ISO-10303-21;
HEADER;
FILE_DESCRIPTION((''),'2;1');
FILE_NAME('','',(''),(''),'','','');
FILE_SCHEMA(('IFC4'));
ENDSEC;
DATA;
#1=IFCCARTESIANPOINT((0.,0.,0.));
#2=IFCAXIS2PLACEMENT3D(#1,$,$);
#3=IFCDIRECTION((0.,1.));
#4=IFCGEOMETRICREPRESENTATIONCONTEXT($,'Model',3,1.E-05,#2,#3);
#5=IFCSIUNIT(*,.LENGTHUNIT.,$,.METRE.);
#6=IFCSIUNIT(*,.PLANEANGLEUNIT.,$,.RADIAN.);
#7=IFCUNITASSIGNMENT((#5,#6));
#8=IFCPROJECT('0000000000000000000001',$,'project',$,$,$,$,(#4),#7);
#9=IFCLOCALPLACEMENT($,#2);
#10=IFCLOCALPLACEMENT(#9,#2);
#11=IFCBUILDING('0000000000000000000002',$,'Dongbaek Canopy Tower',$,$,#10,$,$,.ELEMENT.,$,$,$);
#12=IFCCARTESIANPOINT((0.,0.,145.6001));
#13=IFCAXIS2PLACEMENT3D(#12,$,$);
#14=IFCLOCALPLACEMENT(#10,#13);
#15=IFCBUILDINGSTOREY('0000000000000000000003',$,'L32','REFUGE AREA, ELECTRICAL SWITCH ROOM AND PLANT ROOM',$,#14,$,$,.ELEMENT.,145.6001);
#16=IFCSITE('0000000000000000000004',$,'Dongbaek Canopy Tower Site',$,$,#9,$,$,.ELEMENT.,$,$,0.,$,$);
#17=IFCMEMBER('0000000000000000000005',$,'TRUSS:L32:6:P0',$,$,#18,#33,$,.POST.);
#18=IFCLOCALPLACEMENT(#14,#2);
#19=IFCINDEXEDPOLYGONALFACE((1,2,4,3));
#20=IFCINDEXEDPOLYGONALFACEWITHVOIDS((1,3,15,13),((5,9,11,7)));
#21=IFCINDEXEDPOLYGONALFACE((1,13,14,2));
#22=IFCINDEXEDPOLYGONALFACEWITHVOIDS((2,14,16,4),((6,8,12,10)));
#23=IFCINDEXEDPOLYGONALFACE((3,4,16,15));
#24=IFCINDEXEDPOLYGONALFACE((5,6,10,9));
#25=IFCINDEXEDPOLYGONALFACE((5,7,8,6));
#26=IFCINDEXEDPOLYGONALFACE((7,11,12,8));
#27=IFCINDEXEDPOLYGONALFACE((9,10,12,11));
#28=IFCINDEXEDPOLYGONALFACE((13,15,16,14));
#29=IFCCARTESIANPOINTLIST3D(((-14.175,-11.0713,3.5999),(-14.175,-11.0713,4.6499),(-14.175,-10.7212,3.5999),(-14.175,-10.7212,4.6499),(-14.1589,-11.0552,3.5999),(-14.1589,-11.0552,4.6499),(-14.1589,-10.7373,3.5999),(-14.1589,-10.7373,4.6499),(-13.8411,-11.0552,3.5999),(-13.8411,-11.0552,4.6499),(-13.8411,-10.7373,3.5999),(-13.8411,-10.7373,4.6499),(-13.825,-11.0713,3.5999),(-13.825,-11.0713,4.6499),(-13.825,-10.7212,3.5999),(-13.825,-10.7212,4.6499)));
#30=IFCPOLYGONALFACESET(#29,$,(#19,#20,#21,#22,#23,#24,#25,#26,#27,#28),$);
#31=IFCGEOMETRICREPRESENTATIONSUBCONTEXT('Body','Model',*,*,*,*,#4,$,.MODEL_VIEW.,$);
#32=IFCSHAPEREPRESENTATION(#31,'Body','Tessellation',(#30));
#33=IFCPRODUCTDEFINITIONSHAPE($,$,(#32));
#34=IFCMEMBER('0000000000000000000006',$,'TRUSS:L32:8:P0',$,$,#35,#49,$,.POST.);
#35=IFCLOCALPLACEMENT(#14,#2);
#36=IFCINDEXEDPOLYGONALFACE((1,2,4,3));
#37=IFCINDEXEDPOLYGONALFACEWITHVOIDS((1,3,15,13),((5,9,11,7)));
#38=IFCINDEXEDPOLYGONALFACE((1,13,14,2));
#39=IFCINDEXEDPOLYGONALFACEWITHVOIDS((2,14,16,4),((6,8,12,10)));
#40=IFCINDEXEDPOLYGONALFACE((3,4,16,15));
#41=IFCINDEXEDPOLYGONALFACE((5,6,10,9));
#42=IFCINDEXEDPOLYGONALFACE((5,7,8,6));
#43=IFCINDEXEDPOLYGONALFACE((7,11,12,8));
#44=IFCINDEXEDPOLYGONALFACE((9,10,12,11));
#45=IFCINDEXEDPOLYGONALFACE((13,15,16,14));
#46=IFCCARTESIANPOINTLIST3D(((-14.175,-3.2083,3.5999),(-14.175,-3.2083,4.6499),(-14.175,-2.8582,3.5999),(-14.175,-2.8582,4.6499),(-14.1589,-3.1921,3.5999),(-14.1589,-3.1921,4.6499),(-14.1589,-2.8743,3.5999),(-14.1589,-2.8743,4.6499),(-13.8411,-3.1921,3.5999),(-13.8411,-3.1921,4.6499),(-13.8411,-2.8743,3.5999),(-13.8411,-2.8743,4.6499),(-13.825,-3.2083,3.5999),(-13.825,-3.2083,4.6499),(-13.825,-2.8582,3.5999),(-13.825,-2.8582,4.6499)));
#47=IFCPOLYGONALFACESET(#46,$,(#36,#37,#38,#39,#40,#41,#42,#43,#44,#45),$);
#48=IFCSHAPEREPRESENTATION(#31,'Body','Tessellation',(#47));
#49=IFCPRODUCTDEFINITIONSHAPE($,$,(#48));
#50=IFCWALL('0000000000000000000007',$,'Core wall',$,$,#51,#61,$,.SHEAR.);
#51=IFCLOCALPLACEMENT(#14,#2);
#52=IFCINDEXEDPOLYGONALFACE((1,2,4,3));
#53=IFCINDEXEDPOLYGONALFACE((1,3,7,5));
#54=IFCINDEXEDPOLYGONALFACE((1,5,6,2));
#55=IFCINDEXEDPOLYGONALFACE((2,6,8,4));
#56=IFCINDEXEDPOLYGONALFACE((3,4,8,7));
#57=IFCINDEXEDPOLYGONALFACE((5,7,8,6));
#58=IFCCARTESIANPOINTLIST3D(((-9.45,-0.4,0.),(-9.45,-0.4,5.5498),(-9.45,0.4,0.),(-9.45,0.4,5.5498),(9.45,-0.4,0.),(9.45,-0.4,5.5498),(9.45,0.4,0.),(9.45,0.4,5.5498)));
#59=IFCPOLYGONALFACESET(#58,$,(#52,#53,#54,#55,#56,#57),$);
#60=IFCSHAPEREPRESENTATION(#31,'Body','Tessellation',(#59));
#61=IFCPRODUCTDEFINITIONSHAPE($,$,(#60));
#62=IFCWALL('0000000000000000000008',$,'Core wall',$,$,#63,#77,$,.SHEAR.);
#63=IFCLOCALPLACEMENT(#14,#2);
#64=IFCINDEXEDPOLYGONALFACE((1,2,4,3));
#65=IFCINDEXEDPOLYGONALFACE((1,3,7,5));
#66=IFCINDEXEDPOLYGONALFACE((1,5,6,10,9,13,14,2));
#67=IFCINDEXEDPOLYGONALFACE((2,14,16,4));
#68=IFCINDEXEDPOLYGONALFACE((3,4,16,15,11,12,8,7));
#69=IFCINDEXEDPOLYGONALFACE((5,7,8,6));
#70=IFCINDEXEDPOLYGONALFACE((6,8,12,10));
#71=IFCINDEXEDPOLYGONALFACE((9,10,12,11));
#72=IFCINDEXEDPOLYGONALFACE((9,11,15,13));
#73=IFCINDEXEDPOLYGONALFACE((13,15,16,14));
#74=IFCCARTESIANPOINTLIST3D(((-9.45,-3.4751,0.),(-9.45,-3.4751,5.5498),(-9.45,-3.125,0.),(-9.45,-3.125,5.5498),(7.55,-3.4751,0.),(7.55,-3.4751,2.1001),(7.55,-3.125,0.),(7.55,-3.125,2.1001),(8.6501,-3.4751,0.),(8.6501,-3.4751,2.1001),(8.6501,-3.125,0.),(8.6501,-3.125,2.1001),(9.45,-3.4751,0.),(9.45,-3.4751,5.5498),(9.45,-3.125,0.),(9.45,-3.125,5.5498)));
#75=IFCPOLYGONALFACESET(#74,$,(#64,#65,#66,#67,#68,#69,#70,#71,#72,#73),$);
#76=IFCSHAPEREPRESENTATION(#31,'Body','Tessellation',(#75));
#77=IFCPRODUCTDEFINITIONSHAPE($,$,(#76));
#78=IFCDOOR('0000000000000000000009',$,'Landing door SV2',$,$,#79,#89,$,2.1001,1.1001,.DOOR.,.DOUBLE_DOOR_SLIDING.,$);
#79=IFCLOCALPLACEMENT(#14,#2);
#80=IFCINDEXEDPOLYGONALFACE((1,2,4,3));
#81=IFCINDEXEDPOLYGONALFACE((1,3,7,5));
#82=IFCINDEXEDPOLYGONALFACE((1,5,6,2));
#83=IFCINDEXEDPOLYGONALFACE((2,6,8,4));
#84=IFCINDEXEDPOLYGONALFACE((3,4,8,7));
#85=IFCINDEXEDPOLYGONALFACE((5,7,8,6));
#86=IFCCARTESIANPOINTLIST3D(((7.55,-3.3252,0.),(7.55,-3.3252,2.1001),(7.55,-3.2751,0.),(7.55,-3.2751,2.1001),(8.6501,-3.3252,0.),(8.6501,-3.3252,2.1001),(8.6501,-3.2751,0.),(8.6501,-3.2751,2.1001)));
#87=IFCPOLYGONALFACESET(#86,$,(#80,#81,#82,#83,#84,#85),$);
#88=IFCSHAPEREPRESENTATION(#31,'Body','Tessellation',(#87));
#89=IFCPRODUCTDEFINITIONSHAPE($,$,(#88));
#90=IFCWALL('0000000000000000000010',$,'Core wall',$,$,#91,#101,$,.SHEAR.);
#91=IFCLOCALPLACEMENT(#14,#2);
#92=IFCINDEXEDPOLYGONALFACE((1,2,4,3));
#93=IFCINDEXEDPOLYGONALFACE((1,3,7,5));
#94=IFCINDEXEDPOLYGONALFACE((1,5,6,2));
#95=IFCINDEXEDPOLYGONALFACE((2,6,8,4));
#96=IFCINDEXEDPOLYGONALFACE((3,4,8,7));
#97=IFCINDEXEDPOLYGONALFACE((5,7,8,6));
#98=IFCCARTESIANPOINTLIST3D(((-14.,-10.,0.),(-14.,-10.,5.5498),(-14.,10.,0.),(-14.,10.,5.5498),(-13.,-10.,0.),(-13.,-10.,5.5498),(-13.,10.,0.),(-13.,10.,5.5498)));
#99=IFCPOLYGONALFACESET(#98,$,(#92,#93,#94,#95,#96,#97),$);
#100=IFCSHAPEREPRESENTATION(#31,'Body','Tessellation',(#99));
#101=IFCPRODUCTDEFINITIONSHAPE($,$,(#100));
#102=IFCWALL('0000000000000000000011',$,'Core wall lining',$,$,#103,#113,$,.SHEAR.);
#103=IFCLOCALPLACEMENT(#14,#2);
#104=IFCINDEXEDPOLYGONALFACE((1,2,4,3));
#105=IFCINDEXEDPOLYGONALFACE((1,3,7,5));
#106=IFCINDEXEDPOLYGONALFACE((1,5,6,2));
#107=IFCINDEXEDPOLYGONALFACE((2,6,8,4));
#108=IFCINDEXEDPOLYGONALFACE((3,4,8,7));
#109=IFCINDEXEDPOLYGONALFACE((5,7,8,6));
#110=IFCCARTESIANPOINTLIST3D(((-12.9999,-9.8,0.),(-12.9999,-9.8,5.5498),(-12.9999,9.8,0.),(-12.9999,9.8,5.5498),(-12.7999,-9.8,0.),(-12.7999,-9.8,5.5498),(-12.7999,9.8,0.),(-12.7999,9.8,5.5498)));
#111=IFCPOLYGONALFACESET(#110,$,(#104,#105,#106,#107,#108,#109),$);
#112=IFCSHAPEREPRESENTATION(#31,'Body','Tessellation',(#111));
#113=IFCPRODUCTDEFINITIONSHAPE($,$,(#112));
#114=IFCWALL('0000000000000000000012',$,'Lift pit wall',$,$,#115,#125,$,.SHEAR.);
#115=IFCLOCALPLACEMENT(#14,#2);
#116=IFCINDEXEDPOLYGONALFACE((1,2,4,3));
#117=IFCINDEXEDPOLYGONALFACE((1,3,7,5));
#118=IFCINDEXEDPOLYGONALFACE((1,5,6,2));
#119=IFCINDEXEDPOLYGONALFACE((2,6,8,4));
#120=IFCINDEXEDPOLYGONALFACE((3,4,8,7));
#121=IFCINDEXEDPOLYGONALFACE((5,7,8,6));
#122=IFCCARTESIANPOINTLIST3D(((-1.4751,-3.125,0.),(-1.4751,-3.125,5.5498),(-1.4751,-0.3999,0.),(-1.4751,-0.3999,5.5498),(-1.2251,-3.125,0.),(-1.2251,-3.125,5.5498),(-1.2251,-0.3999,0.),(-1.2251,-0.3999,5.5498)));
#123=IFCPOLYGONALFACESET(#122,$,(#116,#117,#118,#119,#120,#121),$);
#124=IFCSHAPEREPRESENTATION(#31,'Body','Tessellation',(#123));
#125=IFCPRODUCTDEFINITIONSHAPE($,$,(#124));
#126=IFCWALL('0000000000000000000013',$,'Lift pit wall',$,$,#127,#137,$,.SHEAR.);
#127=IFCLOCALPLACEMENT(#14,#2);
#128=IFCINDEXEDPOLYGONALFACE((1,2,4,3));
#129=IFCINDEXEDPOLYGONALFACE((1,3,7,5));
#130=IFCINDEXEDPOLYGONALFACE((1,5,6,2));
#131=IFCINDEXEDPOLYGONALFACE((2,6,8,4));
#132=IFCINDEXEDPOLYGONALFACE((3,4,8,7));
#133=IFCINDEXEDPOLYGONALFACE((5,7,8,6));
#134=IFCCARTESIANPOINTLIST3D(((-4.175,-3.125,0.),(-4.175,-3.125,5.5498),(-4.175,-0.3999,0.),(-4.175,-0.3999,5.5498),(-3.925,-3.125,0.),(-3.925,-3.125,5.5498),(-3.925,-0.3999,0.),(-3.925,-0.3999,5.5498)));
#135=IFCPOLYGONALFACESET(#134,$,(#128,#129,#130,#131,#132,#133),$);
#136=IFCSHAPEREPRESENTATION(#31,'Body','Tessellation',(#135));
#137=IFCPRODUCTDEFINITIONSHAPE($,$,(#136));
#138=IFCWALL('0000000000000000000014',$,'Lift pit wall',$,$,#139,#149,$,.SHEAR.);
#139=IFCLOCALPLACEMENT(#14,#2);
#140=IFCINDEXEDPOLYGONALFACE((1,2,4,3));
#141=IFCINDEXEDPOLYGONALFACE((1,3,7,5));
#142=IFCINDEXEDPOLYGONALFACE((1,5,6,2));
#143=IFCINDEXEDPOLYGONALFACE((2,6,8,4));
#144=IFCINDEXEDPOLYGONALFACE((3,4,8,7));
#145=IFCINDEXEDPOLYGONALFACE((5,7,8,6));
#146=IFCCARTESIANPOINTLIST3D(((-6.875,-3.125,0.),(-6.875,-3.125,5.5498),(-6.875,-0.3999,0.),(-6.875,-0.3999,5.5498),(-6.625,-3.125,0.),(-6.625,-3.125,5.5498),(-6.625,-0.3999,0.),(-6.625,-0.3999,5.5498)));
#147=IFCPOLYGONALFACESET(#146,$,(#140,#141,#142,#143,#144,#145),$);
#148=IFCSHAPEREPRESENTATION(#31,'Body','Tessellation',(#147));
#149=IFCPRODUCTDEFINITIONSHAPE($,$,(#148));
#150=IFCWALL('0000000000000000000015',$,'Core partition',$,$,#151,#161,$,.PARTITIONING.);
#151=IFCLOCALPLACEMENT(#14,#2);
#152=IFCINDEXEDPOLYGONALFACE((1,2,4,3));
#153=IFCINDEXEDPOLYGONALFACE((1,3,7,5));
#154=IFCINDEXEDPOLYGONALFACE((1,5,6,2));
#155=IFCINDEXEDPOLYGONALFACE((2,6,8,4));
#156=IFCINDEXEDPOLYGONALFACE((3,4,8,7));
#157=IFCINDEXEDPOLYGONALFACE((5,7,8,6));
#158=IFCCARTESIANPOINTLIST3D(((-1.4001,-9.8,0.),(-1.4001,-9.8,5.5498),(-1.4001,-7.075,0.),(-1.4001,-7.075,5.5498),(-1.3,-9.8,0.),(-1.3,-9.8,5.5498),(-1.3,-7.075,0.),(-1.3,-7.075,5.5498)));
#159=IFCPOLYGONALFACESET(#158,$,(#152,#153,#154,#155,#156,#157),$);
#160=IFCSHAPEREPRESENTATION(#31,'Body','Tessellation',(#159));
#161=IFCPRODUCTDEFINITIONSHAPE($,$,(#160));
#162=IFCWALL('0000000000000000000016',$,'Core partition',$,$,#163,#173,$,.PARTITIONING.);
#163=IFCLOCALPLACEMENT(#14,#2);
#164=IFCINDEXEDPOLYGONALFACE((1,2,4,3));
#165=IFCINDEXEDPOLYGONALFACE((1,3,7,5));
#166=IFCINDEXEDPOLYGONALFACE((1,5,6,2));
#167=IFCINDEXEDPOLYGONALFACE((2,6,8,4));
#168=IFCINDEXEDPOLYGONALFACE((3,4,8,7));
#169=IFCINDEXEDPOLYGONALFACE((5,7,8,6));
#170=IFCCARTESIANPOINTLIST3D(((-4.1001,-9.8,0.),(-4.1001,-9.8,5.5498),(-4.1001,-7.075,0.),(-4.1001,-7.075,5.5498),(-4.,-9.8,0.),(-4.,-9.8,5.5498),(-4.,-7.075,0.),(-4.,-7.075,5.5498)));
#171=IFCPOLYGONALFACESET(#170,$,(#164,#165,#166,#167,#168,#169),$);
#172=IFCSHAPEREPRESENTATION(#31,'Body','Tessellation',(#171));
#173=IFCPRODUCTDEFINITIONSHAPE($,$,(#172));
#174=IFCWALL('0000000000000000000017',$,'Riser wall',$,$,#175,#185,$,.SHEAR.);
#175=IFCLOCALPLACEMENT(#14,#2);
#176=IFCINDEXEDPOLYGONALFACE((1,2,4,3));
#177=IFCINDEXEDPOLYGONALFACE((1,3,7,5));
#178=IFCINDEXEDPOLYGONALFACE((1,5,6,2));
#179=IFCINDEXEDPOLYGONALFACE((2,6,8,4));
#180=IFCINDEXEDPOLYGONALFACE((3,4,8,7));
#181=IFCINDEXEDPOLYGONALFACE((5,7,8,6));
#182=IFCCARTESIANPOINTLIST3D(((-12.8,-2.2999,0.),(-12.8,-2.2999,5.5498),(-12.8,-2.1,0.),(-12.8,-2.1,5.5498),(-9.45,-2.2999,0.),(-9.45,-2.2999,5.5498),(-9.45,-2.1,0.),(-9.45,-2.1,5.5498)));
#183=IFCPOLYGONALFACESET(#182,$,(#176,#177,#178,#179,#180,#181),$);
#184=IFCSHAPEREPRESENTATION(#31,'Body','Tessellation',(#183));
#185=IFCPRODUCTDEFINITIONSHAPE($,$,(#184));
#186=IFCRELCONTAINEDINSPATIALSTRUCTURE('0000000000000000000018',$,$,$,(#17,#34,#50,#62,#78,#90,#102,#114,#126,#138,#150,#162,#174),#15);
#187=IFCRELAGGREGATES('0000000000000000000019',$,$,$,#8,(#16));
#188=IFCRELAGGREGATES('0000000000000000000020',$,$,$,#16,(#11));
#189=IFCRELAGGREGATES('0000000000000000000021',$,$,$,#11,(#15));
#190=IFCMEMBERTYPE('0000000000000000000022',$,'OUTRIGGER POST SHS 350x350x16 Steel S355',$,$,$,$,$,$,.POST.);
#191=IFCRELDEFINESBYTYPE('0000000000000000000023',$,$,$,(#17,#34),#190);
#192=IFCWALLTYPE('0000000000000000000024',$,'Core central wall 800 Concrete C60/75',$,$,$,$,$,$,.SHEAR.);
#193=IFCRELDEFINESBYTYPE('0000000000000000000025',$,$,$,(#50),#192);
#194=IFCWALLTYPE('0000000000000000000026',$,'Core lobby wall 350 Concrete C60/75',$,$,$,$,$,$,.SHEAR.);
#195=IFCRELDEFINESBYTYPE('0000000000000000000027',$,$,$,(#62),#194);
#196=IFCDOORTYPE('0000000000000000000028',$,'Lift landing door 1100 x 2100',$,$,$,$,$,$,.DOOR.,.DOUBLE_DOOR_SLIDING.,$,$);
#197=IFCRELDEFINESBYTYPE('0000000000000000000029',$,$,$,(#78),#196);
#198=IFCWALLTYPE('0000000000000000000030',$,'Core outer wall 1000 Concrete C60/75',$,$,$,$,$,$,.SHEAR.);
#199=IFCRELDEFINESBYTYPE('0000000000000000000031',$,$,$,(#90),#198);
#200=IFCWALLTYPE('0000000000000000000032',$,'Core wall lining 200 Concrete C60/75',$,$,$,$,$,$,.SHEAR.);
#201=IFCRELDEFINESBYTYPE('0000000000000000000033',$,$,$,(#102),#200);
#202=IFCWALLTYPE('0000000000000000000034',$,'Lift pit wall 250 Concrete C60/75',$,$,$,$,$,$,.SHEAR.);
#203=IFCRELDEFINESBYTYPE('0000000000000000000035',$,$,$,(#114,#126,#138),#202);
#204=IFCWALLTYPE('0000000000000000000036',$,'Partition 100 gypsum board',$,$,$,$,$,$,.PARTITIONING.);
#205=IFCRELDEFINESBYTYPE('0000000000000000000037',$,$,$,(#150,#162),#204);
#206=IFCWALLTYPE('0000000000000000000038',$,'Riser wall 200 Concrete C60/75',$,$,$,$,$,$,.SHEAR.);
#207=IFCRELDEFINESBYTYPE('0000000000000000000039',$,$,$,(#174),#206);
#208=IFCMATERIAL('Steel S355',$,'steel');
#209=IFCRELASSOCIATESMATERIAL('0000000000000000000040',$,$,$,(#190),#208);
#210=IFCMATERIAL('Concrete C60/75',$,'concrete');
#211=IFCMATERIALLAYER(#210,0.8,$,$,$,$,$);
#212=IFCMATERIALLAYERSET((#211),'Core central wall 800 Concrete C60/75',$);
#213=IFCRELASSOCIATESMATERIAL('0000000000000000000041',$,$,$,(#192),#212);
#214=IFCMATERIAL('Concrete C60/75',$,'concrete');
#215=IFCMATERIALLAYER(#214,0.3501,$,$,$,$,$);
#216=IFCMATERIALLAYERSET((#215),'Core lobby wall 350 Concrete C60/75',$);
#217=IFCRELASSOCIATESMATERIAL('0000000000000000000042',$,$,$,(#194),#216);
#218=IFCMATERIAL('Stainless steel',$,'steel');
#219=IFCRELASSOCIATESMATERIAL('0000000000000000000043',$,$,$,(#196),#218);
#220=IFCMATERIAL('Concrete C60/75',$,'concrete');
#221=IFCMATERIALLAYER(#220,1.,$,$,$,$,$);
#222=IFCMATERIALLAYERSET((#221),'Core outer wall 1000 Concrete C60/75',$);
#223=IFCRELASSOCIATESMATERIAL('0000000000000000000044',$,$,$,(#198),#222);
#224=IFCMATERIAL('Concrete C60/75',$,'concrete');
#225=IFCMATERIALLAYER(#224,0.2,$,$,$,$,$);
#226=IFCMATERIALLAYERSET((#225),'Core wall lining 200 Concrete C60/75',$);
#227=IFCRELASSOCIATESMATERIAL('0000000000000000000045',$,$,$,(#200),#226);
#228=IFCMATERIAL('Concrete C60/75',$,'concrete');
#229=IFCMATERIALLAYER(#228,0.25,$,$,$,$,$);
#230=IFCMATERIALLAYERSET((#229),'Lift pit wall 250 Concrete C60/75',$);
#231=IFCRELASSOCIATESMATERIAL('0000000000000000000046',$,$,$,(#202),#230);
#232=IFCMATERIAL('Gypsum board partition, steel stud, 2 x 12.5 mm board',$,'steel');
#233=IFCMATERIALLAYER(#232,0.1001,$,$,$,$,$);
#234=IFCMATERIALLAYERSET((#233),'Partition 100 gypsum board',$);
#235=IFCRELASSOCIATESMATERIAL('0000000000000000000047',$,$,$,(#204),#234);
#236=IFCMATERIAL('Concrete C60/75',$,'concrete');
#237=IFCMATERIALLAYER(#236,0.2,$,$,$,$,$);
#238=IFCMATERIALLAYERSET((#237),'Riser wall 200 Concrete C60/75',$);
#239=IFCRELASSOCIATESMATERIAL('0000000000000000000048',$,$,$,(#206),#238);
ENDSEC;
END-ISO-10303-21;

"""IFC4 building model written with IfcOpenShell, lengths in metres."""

from ifc_helpers import new_model, si_unit, direction, frame, frame_2d, origin, origin_2d, place, context, subcontext, project, spatial, rectangle, hollow_rectangle, extrude, material, layer, layer_set, material_profile, profile_set, type_object, element, fill, save


model = new_model("IFC4")

# Units and contexts
model_context = context("Model", 3, precision=1e-05, world=origin(), true_north=direction((0.0, 1.0)))
body_context = subcontext(model_context, "Body", "Model", "MODEL_VIEW")
ifc_project = project(units=[si_unit("LENGTHUNIT", "METRE"), si_unit("PLANEANGLEUNIT", "RADIAN")], contexts=[model_context])

# Site, building, storey
site_placement = place(None, origin())
site = spatial("IfcSite", under=ifc_project, at=site_placement, Name="Dongbaek Canopy Tower Site", CompositionType="ELEMENT", RefElevation=0.0)
building_placement = place(site_placement, origin())
building = spatial("IfcBuilding", under=site, at=building_placement, Name="Dongbaek Canopy Tower", CompositionType="ELEMENT")
storey_placement = place(building_placement, frame((0.0, 0.0, 145.6001)))
storey = spatial("IfcBuildingStorey", under=building, at=storey_placement, Name="L32", Description="REFUGE AREA, ELECTRICAL SWITCH ROOM AND PLANT ROOM", CompositionType="ELEMENT", Elevation=145.6001)

# Members
ifc_material_1 = material(Name="Steel S355", Category="steel")
ifc_material_profile_1 = material_profile(ifc_material_1, hollow_rectangle(XDim=0.3501, YDim=0.3501, WallThickness=0.0161, at=origin_2d()), Name="OUTRIGGER POST SHS 350x350x16 Steel S355")
ifc_profile_set_1 = profile_set([ifc_material_profile_1], Name="Steel S355")
member_type_1 = type_object("IfcMemberType", Name="OUTRIGGER POST SHS 350x350x16 Steel S355", PredefinedType="POST", material=ifc_profile_set_1)
for number, where, z_axis, x_axis, name in (
    (1, (-14.0, -10.8962, 3.5999), (0.0, 0.0, 1.0), (1.0, 0.0, 0.0), "TRUSS:L32:6:P0"),
    (2, (-14.0, -3.0332, 3.5999), (0.0, 0.0, 1.0), (1.0, 0.0, 0.0), "TRUSS:L32:8:P0"),
):
    element("IfcMember", number, at=place(storey_placement, frame(where, z_axis=z_axis, x_axis=x_axis)), inside=storey, type_object=member_type_1, Name=name, PredefinedType="POST", context=body_context, shape_type="SweptSolid", body=[
        extrude(hollow_rectangle(XDim=0.3501, YDim=0.3501, WallThickness=0.0161, at=origin_2d()), origin(), (0.0, 0.0, 1.0), 1.05),
    ])

# Wall
ifc_material_2 = material(Name="Concrete C60/75", Category="concrete")
ifc_layer_1 = layer(ifc_material_2, 0.8)
ifc_layer_set_1 = layer_set([ifc_layer_1], Name="Core central wall 800 Concrete C60/75")
wall_type_1 = type_object("IfcWallType", Name="Core central wall 800 Concrete C60/75", PredefinedType="SHEAR", material=ifc_layer_set_1)
wall_1_placement = place(storey_placement, frame((-9.45, 0.0, 0.0), z_axis=(0.0, 0.0, 1.0), x_axis=(1.0, 0.0, 0.0)))
element("IfcWall", 3, at=wall_1_placement, inside=storey, type_object=wall_type_1, Name="Core wall", PredefinedType="SHEAR", context=body_context, shape_type="SweptSolid", body=[
    extrude(rectangle(XDim=18.8999, YDim=0.8, at=frame_2d((9.45, 0.0))), origin(), (0.0, 0.0, 1.0), 5.5498),
])

# Wall, opening, door
ifc_material_3 = material(Name="Concrete C60/75", Category="concrete")
ifc_layer_2 = layer(ifc_material_3, 0.3501)
ifc_layer_set_2 = layer_set([ifc_layer_2], Name="Core lobby wall 350 Concrete C60/75")
wall_type_2 = type_object("IfcWallType", Name="Core lobby wall 350 Concrete C60/75", PredefinedType="SHEAR", material=ifc_layer_set_2)
wall_2_placement = place(storey_placement, frame((-9.45, -3.3, 0.0), z_axis=(0.0, 0.0, 1.0), x_axis=(1.0, 0.0, 0.0)))
wall_2 = element("IfcWall", 4, at=wall_2_placement, inside=storey, type_object=wall_type_2, Name="Core wall", PredefinedType="SHEAR", context=body_context, shape_type="SweptSolid", body=[
    extrude(rectangle(XDim=18.8999, YDim=0.3501, at=frame_2d((9.45, 0.0))), origin(), (0.0, 0.0, 1.0), 5.5498),
])
opening_1_placement = place(wall_2_placement, frame((17.0, 0.0, 0.0)))
opening_1 = element("IfcOpeningElement", 5, at=opening_1_placement, cuts=wall_2, PredefinedType="OPENING", context=body_context, shape_type="SweptSolid", body=[
    extrude(rectangle(XDim=1.1001, YDim=2.1001, at=frame_2d((0.55, 1.05))), frame((0.0, 0.1851, 0.0), z_axis=(0.0, -1.0, 0.0), x_axis=(1.0, 0.0, 0.0)), (0.0, 0.0, 1.0), 0.3701),
])
ifc_material_4 = material(Name="Stainless steel", Category="steel")
door_type_1 = type_object("IfcDoorType", Name="Lift landing door 1100 x 2100", OperationType="DOUBLE_DOOR_SLIDING", PredefinedType="DOOR", material=ifc_material_4)
door_1_placement = place(opening_1_placement, origin())
door_1 = element("IfcDoor", 6, at=door_1_placement, inside=storey, type_object=door_type_1, Name="Landing door SV2", OperationType="DOUBLE_DOOR_SLIDING", OverallHeight=2.1001, OverallWidth=1.1001, PredefinedType="DOOR", context=body_context, shape_type="SweptSolid", body=[
    extrude(rectangle(XDim=1.1001, YDim=2.1001, at=frame_2d((0.55, 1.05))), frame((0.0, 0.0249, 0.0), z_axis=(0.0, -1.0, 0.0), x_axis=(1.0, 0.0, 0.0)), (0.0, 0.0, 1.0), 0.05),
])
fill(opening_1, door_1)

# Walls
ifc_material_5 = material(Name="Concrete C60/75", Category="concrete")
ifc_layer_3 = layer(ifc_material_5, 1.0)
ifc_layer_set_3 = layer_set([ifc_layer_3], Name="Core outer wall 1000 Concrete C60/75")
wall_type_3 = type_object("IfcWallType", Name="Core outer wall 1000 Concrete C60/75", PredefinedType="SHEAR", material=ifc_layer_set_3)
wall_3_placement = place(storey_placement, frame((-13.5, -10.0, 0.0), z_axis=(0.0, 0.0, 1.0), x_axis=(0.0, 1.0, 0.0)))
element("IfcWall", 7, at=wall_3_placement, inside=storey, type_object=wall_type_3, Name="Core wall", PredefinedType="SHEAR", context=body_context, shape_type="SweptSolid", body=[
    extrude(rectangle(XDim=20.0, YDim=1.0, at=frame_2d((10.0, 0.0))), origin(), (0.0, 0.0, 1.0), 5.5498),
])
ifc_material_6 = material(Name="Concrete C60/75", Category="concrete")
ifc_layer_4 = layer(ifc_material_6, 0.2)
ifc_layer_set_4 = layer_set([ifc_layer_4], Name="Core wall lining 200 Concrete C60/75")
wall_type_4 = type_object("IfcWallType", Name="Core wall lining 200 Concrete C60/75", PredefinedType="SHEAR", material=ifc_layer_set_4)
wall_4_placement = place(storey_placement, frame((-12.8999, -9.8, 0.0), z_axis=(0.0, 0.0, 1.0), x_axis=(0.0, 1.0, 0.0)))
element("IfcWall", 8, at=wall_4_placement, inside=storey, type_object=wall_type_4, Name="Core wall lining", PredefinedType="SHEAR", context=body_context, shape_type="SweptSolid", body=[
    extrude(rectangle(XDim=19.6001, YDim=0.2, at=frame_2d((9.8, 0.0))), origin(), (0.0, 0.0, 1.0), 5.5498),
])
ifc_material_7 = material(Name="Concrete C60/75", Category="concrete")
ifc_layer_5 = layer(ifc_material_7, 0.25)
ifc_layer_set_5 = layer_set([ifc_layer_5], Name="Lift pit wall 250 Concrete C60/75")
wall_type_5 = type_object("IfcWallType", Name="Lift pit wall 250 Concrete C60/75", PredefinedType="SHEAR", material=ifc_layer_set_5)
for number, where, z_axis, x_axis, name in (
    (9, (-1.3501, -3.125, 0.0), (0.0, 0.0, 1.0), (0.0, 1.0, 0.0), "Lift pit wall"),
    (10, (-4.05, -3.125, 0.0), (0.0, 0.0, 1.0), (0.0, 1.0, 0.0), "Lift pit wall"),
    (11, (-6.75, -3.125, 0.0), (0.0, 0.0, 1.0), (0.0, 1.0, 0.0), "Lift pit wall"),
):
    element("IfcWall", number, at=place(storey_placement, frame(where, z_axis=z_axis, x_axis=x_axis)), inside=storey, type_object=wall_type_5, Name=name, PredefinedType="SHEAR", context=body_context, shape_type="SweptSolid", body=[
        extrude(rectangle(XDim=2.7251, YDim=0.25, at=frame_2d((1.3625, 0.0))), origin(), (0.0, 0.0, 1.0), 5.5498),
    ])
ifc_material_8 = material(Name="Gypsum board partition, steel stud, 2 x 12.5 mm board", Category="steel")
ifc_layer_6 = layer(ifc_material_8, 0.1001)
ifc_layer_set_6 = layer_set([ifc_layer_6], Name="Partition 100 gypsum board")
wall_type_6 = type_object("IfcWallType", Name="Partition 100 gypsum board", PredefinedType="PARTITIONING", material=ifc_layer_set_6)
for number, where, z_axis, x_axis, name in (
    (12, (-1.3501, -9.8, 0.0), (0.0, 0.0, 1.0), (0.0, 1.0, 0.0), "Core partition"),
    (13, (-4.05, -9.8, 0.0), (0.0, 0.0, 1.0), (0.0, 1.0, 0.0), "Core partition"),
):
    element("IfcWall", number, at=place(storey_placement, frame(where, z_axis=z_axis, x_axis=x_axis)), inside=storey, type_object=wall_type_6, Name=name, PredefinedType="PARTITIONING", context=body_context, shape_type="SweptSolid", body=[
        extrude(rectangle(XDim=2.7251, YDim=0.1001, at=frame_2d((1.3625, 0.0))), origin(), (0.0, 0.0, 1.0), 5.5498),
    ])
ifc_material_9 = material(Name="Concrete C60/75", Category="concrete")
ifc_layer_7 = layer(ifc_material_9, 0.2)
ifc_layer_set_7 = layer_set([ifc_layer_7], Name="Riser wall 200 Concrete C60/75")
wall_type_7 = type_object("IfcWallType", Name="Riser wall 200 Concrete C60/75", PredefinedType="SHEAR", material=ifc_layer_set_7)
wall_5_placement = place(storey_placement, frame((-9.45, -2.2, 0.0), z_axis=(0.0, 0.0, 1.0), x_axis=(-1.0, 0.0, 0.0)))
element("IfcWall", 14, at=wall_5_placement, inside=storey, type_object=wall_type_7, Name="Riser wall", PredefinedType="SHEAR", context=body_context, shape_type="SweptSolid", body=[
    extrude(rectangle(XDim=3.3501, YDim=0.2, at=frame_2d((1.675, 0.0))), origin(), (0.0, 0.0, 1.0), 5.5498),
])

save(model, "model.ifc")
